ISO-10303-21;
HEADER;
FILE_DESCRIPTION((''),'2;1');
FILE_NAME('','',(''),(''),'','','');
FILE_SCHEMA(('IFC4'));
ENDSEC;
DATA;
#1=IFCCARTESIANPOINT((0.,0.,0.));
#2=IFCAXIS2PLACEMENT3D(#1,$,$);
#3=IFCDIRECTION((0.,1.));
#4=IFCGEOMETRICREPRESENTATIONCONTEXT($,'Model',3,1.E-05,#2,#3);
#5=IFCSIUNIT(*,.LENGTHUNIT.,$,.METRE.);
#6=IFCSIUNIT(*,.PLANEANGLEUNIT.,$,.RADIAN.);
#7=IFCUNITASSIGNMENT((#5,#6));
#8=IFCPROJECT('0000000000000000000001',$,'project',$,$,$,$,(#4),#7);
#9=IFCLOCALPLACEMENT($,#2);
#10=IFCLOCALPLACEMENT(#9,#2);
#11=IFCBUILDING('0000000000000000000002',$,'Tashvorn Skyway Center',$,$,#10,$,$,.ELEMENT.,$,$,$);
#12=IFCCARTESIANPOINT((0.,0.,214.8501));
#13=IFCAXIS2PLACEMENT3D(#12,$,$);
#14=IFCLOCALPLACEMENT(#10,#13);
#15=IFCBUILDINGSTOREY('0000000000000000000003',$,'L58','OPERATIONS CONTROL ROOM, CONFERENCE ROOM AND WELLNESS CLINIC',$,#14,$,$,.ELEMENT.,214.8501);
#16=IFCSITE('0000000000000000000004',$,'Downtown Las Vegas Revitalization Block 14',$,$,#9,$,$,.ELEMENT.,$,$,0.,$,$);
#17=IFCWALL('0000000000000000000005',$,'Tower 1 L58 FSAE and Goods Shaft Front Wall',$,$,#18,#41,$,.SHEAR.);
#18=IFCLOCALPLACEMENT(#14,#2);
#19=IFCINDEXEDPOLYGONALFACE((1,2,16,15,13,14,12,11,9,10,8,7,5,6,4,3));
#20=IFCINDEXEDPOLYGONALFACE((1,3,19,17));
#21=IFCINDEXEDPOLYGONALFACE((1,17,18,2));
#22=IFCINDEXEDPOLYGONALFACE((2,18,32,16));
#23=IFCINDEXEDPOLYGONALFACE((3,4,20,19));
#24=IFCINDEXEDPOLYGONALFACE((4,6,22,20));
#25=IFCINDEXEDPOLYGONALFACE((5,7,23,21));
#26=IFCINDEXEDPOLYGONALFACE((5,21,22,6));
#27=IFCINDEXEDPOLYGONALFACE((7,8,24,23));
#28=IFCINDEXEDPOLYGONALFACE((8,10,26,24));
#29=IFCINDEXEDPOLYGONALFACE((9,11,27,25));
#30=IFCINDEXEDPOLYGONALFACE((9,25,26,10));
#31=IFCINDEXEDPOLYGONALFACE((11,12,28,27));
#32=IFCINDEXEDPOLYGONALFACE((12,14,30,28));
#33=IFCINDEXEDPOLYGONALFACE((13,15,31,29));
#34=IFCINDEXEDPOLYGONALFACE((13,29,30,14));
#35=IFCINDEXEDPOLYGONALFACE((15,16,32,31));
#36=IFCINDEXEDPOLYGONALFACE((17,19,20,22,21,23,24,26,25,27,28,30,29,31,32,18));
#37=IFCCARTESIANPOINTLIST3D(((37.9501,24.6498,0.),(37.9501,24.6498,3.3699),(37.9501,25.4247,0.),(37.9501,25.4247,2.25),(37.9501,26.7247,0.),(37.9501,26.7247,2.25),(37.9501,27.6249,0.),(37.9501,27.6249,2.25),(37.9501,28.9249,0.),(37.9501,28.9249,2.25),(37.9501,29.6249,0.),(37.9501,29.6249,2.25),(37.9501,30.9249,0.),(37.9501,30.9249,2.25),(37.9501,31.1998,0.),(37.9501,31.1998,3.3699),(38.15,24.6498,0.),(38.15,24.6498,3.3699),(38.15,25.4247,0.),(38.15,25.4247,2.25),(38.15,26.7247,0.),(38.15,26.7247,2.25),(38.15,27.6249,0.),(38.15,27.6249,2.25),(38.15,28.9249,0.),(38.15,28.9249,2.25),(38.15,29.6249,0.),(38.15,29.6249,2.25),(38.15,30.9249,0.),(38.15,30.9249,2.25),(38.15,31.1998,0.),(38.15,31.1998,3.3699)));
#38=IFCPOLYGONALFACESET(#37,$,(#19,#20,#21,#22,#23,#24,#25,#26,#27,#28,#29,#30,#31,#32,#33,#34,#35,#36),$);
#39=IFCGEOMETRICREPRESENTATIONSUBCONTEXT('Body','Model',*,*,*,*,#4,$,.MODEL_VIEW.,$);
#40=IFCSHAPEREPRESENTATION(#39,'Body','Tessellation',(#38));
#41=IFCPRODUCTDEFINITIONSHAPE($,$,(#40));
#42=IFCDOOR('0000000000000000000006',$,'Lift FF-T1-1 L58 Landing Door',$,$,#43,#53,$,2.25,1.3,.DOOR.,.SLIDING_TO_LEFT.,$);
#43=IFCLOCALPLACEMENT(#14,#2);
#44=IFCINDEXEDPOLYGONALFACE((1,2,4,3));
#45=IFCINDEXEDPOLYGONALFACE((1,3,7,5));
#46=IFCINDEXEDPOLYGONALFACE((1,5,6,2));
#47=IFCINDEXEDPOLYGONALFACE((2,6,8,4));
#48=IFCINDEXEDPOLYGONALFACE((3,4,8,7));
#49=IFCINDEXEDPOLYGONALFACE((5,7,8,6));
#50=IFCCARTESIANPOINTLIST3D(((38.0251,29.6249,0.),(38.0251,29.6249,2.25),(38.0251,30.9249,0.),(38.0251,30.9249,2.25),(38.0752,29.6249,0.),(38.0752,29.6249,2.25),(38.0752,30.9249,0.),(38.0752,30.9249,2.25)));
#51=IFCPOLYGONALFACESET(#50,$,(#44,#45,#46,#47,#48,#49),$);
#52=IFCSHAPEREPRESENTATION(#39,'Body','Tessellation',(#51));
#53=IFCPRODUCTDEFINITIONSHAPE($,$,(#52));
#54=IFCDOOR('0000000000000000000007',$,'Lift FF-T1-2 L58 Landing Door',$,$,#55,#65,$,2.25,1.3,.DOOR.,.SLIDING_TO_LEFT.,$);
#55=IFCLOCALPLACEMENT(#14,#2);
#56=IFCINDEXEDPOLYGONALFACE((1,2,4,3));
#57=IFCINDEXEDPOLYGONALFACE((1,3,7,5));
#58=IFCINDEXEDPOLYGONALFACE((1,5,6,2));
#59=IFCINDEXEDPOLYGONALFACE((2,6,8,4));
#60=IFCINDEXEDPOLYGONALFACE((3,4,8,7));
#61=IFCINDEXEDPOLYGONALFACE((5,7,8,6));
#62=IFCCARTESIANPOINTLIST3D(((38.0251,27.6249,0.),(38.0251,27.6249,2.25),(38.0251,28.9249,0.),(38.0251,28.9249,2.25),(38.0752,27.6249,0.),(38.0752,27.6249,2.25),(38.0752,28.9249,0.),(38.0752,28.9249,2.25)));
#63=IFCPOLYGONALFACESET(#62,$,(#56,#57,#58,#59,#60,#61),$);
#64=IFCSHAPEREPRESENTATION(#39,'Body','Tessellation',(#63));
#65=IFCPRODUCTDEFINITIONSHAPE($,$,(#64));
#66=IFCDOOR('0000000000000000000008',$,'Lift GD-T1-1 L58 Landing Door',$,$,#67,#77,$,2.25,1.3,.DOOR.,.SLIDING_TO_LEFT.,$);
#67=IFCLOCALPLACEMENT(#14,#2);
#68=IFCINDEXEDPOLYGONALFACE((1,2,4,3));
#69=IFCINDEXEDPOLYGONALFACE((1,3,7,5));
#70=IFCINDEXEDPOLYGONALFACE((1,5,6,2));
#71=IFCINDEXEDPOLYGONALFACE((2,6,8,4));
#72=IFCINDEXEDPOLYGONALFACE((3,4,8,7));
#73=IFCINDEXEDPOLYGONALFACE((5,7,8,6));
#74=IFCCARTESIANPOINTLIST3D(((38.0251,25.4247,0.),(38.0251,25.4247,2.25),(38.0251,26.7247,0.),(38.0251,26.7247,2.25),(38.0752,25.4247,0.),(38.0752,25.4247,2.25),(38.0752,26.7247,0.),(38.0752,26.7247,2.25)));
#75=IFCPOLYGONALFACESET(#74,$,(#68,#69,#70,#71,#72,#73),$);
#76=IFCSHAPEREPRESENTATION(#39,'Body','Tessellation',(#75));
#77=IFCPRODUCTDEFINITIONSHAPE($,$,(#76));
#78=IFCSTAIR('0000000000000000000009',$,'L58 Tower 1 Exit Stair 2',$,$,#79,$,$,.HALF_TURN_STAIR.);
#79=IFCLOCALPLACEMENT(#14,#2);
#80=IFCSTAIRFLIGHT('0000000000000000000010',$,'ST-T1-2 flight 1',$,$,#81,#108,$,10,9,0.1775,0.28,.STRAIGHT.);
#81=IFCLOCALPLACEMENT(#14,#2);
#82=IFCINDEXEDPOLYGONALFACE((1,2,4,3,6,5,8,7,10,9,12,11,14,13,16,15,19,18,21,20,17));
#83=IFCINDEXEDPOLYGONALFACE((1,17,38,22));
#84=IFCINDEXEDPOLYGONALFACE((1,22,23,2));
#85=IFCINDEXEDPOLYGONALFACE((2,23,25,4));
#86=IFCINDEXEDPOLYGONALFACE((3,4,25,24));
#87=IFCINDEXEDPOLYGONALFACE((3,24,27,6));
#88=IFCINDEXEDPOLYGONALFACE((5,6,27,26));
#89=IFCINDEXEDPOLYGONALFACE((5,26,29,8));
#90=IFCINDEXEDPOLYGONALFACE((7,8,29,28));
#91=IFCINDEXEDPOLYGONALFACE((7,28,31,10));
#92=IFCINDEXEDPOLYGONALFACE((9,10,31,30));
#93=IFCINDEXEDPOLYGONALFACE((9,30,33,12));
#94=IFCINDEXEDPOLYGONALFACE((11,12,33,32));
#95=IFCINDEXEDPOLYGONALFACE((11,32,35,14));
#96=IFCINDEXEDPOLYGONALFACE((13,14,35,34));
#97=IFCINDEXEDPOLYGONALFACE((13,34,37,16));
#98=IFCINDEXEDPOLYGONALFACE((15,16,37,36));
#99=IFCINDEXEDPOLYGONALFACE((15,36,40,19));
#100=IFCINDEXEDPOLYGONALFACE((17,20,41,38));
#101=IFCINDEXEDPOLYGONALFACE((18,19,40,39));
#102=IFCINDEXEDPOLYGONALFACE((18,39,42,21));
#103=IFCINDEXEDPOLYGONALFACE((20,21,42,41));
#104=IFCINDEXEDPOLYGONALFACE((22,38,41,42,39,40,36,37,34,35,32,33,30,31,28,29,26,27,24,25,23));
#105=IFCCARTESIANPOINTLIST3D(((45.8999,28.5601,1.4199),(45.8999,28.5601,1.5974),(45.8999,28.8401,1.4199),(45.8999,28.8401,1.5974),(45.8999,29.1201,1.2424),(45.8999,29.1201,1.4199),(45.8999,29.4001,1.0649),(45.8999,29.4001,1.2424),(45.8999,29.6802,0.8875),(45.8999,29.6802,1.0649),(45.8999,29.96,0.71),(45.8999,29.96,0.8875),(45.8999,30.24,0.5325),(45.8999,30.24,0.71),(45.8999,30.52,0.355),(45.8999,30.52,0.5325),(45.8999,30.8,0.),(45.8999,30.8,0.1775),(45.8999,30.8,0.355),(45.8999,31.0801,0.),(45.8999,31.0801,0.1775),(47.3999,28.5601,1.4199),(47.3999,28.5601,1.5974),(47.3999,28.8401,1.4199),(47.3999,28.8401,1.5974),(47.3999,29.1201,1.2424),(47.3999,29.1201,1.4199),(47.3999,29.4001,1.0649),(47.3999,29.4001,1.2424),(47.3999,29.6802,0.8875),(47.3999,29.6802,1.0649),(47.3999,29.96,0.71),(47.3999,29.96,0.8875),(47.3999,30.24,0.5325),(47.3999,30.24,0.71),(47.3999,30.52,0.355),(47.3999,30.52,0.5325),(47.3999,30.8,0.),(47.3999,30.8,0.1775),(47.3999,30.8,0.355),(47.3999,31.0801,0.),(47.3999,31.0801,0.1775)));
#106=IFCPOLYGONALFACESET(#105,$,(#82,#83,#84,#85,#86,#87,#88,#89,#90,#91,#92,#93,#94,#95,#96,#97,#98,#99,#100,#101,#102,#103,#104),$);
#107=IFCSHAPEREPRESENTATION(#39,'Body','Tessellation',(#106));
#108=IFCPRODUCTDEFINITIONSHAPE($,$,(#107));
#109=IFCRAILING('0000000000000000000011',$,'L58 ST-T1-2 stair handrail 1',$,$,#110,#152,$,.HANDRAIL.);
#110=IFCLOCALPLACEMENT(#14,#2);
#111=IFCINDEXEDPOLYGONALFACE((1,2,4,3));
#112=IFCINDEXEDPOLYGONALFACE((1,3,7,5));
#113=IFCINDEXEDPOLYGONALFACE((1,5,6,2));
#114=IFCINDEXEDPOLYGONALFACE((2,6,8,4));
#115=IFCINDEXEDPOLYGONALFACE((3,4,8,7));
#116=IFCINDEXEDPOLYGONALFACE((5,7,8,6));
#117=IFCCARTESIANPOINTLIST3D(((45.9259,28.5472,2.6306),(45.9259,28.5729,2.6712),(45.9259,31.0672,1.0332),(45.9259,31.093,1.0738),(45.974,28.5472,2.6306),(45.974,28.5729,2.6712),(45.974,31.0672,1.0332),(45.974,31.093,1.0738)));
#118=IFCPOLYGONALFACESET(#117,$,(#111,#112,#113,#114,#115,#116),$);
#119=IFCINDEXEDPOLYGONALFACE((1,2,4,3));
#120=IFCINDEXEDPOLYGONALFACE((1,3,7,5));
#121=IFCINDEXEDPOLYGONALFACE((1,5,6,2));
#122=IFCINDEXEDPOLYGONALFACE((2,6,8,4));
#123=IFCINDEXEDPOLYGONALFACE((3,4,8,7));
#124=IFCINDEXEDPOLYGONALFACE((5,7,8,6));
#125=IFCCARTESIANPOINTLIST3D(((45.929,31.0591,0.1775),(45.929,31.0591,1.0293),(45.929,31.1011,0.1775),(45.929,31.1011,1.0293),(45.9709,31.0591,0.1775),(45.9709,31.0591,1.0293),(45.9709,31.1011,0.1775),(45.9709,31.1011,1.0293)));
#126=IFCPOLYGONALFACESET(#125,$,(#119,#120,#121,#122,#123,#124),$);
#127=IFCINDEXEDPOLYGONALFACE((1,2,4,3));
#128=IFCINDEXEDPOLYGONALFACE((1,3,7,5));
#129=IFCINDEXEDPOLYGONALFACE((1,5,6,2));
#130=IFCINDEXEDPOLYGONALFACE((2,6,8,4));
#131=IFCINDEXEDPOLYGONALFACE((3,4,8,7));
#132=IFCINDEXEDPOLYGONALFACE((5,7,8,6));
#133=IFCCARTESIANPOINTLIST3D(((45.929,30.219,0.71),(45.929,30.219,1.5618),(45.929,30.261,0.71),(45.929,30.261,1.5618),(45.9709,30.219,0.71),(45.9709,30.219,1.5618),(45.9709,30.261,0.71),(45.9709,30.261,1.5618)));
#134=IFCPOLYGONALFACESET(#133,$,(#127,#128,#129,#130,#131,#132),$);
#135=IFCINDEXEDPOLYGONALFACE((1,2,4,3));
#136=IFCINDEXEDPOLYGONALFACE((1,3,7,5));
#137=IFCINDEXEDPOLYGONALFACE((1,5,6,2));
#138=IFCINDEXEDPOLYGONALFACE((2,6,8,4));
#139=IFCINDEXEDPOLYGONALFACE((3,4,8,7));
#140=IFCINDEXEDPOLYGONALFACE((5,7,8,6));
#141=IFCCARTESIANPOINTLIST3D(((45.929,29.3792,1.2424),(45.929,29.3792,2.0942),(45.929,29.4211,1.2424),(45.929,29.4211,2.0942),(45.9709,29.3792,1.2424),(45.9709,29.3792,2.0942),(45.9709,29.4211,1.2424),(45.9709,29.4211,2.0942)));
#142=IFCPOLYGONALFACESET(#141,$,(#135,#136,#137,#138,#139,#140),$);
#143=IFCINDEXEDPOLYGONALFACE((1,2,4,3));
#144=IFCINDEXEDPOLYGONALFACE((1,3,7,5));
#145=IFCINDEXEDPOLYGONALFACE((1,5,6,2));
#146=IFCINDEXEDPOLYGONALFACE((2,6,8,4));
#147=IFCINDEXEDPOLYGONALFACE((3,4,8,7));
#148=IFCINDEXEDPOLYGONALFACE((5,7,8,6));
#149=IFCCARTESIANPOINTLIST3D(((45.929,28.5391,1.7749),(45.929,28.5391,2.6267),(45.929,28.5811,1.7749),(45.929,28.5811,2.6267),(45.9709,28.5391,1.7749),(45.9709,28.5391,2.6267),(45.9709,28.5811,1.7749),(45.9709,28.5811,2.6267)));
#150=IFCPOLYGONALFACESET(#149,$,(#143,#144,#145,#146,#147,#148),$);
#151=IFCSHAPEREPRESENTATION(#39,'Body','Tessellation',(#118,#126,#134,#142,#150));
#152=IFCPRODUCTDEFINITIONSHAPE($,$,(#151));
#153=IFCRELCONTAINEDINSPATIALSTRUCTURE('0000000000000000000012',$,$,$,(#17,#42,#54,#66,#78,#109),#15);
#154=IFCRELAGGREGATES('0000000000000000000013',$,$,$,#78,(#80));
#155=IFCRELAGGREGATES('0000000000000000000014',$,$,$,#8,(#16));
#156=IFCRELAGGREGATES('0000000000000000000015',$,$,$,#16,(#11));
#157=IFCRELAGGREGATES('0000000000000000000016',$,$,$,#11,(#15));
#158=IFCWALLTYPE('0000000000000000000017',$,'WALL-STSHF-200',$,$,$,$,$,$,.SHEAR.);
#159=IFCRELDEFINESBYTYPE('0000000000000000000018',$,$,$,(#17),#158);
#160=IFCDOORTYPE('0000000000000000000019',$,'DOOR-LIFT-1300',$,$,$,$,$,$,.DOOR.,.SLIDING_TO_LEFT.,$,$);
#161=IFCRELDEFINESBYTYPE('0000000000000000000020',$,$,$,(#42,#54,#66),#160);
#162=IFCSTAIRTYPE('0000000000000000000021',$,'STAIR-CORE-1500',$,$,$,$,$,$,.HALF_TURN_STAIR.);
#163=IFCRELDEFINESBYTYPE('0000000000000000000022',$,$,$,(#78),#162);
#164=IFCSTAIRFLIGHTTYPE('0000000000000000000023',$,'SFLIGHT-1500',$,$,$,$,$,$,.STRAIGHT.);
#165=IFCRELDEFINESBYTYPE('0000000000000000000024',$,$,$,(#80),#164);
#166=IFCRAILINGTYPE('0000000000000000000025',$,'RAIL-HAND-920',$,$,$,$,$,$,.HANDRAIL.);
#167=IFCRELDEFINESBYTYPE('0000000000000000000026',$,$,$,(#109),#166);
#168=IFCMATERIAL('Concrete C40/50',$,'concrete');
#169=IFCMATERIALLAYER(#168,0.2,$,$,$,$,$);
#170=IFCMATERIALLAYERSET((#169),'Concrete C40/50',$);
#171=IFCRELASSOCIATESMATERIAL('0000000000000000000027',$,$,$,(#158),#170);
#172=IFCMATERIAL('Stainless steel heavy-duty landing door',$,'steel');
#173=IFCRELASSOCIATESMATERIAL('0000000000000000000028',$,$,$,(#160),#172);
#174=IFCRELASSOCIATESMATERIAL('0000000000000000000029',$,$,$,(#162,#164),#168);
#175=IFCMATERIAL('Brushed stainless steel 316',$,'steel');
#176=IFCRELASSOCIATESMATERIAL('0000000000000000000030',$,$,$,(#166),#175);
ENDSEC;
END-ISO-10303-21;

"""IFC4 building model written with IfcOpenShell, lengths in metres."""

from ifc_helpers import new_model, si_unit, direction, frame, frame_2d, origin, origin_2d, place, context, subcontext, project, spatial, polyline, rectangle, outline, extrude, material, layer, layer_set, type_object, element, fill, aggregate, save


model = new_model("IFC4")

# Units and contexts
model_context = context("Model", 3, precision=1e-05, world=origin(), true_north=direction((0.0, 1.0)))
body_context = subcontext(model_context, "Body", "Model", "MODEL_VIEW")
ifc_project = project(units=[si_unit("LENGTHUNIT", "METRE"), si_unit("PLANEANGLEUNIT", "RADIAN")], contexts=[model_context])

# Site, building, storey
site_placement = place(None, origin())
site = spatial("IfcSite", under=ifc_project, at=site_placement, Name="Downtown Las Vegas Revitalization Block 14", CompositionType="ELEMENT", RefElevation=0.0)
building_placement = place(site_placement, origin())
building = spatial("IfcBuilding", under=site, at=building_placement, Name="Tashvorn Skyway Center", CompositionType="ELEMENT")
storey_placement = place(building_placement, frame((0.0, 0.0, 214.8501)))
storey = spatial("IfcBuildingStorey", under=building, at=storey_placement, Name="L58", Description="OPERATIONS CONTROL ROOM, CONFERENCE ROOM AND WELLNESS CLINIC", CompositionType="ELEMENT", Elevation=214.8501)

# Shared definitions
ifc_material_1 = material(Name="Concrete C40/50", Category="concrete")

# Shared definitions
ifc_layer_1 = layer(ifc_material_1, 0.2)
ifc_layer_set_1 = layer_set([ifc_layer_1], Name="Concrete C40/50")
wall_type_1 = type_object("IfcWallType", Name="WALL-STSHF-200", PredefinedType="SHEAR", material=ifc_layer_set_1)

# Wall, openings, doors
wall_1_placement = place(storey_placement, frame((38.05, 24.6499, 0.0), z_axis=(0.0, 0.0, 1.0), x_axis=(0.0, 1.0, 0.0)))
wall_1 = element("IfcWall", 1, at=wall_1_placement, inside=storey, type_object=wall_type_1, Name="Tower 1 L58 FSAE and Goods Shaft Front Wall", PredefinedType="SHEAR", context=body_context, shape_type="SweptSolid", body=[
    extrude(rectangle(XDim=6.55, YDim=0.2, at=frame_2d((3.2749, 0.0))), origin(), (0.0, 0.0, 1.0), 3.3699),
])
opening_1_placement = place(wall_1_placement, frame((4.9751, 0.0, 0.0)))
opening_1 = element("IfcOpeningElement", 2, at=opening_1_placement, cuts=wall_1, PredefinedType="OPENING", context=body_context, shape_type="SweptSolid", body=[
    extrude(rectangle(XDim=1.3, YDim=2.25, at=frame_2d((0.6499, 1.125))), frame((0.0, 0.1099, 0.0), z_axis=(0.0, -1.0, 0.0), x_axis=(1.0, 0.0, 0.0)), (0.0, 0.0, 1.0), 0.22),
])
opening_2_placement = place(wall_1_placement, frame((2.9751, 0.0, 0.0)))
opening_2 = element("IfcOpeningElement", 3, at=opening_2_placement, cuts=wall_1, PredefinedType="OPENING", context=body_context, shape_type="SweptSolid", body=[
    extrude(rectangle(XDim=1.3, YDim=2.25, at=frame_2d((0.6499, 1.125))), frame((0.0, 0.1099, 0.0), z_axis=(0.0, -1.0, 0.0), x_axis=(1.0, 0.0, 0.0)), (0.0, 0.0, 1.0), 0.22),
])
opening_3_placement = place(wall_1_placement, frame((0.7749, 0.0, 0.0)))
opening_3 = element("IfcOpeningElement", 4, at=opening_3_placement, cuts=wall_1, PredefinedType="OPENING", context=body_context, shape_type="SweptSolid", body=[
    extrude(rectangle(XDim=1.3, YDim=2.25, at=frame_2d((0.6499, 1.125))), frame((0.0, 0.1099, 0.0), z_axis=(0.0, -1.0, 0.0), x_axis=(1.0, 0.0, 0.0)), (0.0, 0.0, 1.0), 0.22),
])
ifc_material_2 = material(Name="Stainless steel heavy-duty landing door", Category="steel")
door_type_1 = type_object("IfcDoorType", Name="DOOR-LIFT-1300", OperationType="SLIDING_TO_LEFT", PredefinedType="DOOR", material=ifc_material_2)
door_1_placement = place(opening_1_placement, origin())
door_1 = element("IfcDoor", 5, at=door_1_placement, inside=storey, type_object=door_type_1, Name="Lift FF-T1-1 L58 Landing Door", OperationType="SLIDING_TO_LEFT", OverallHeight=2.25, OverallWidth=1.3, PredefinedType="DOOR", context=body_context, shape_type="SweptSolid", body=[
    extrude(rectangle(XDim=1.3, YDim=2.25, at=frame_2d((0.6499, 1.125))), frame((0.0, 0.0249, 0.0), z_axis=(0.0, -1.0, 0.0), x_axis=(1.0, 0.0, 0.0)), (0.0, 0.0, 1.0), 0.05),
])
fill(opening_1, door_1)
door_2_placement = place(opening_2_placement, origin())
door_2 = element("IfcDoor", 6, at=door_2_placement, inside=storey, type_object=door_type_1, Name="Lift FF-T1-2 L58 Landing Door", OperationType="SLIDING_TO_LEFT", OverallHeight=2.25, OverallWidth=1.3, PredefinedType="DOOR", context=body_context, shape_type="SweptSolid", body=[
    extrude(rectangle(XDim=1.3, YDim=2.25, at=frame_2d((0.6499, 1.125))), frame((0.0, 0.0249, 0.0), z_axis=(0.0, -1.0, 0.0), x_axis=(1.0, 0.0, 0.0)), (0.0, 0.0, 1.0), 0.05),
])
fill(opening_2, door_2)
door_3_placement = place(opening_3_placement, origin())
door_3 = element("IfcDoor", 7, at=door_3_placement, inside=storey, type_object=door_type_1, Name="Lift GD-T1-1 L58 Landing Door", OperationType="SLIDING_TO_LEFT", OverallHeight=2.25, OverallWidth=1.3, PredefinedType="DOOR", context=body_context, shape_type="SweptSolid", body=[
    extrude(rectangle(XDim=1.3, YDim=2.25, at=frame_2d((0.6499, 1.125))), frame((0.0, 0.0249, 0.0), z_axis=(0.0, -1.0, 0.0), x_axis=(1.0, 0.0, 0.0)), (0.0, 0.0, 1.0), 0.05),
])
fill(opening_3, door_3)

# Stair, stair flight
stair_type = type_object("IfcStairType", Name="STAIR-CORE-1500", PredefinedType="HALF_TURN_STAIR", material=ifc_material_1)
stair_placement = place(storey_placement, origin())
stair = element("IfcStair", 8, at=stair_placement, inside=storey, type_object=stair_type, Name="L58 Tower 1 Exit Stair 2", PredefinedType="HALF_TURN_STAIR")
stair_flight_type = type_object("IfcStairFlightType", Name="SFLIGHT-1500", PredefinedType="STRAIGHT", material=ifc_material_1)
stair_flight_placement = place(storey_placement, frame((46.6499, 31.0801, 0.0), z_axis=(0.0, 0.0, 1.0), x_axis=(0.0, -1.0, 0.0)))
stair_flight = element("IfcStairFlight", 9, at=stair_flight_placement, type_object=stair_flight_type, Name="ST-T1-2 flight 1", NumberOfRisers=10, NumberOfTreads=9, PredefinedType="STRAIGHT", RiserHeight=0.1775, TreadLength=0.28, context=body_context, shape_type="SweptSolid", body=[
    extrude(outline(polyline([(0.0, 0.0), (0.0, 0.1775), (0.28, 0.1775), (0.28, 0.355), (0.5601, 0.355), (0.5601, 0.5325), (0.8401, 0.5325), (0.8401, 0.71), (1.1201, 0.71), (1.1201, 0.8875), (1.3999, 0.8875), (1.3999, 1.0649), (1.6799, 1.0649), (1.6799, 1.2424), (1.96, 1.2424), (1.96, 1.4199), (2.24, 1.4199), (2.24, 1.5974), (2.52, 1.5974), (2.52, 1.7749), (2.52, 1.4199), (0.28, 0.0), (0.0, 0.0)])), frame((0.0, 0.75, 0.0), z_axis=(0.0, -1.0, 0.0), x_axis=(1.0, 0.0, 0.0)), (0.0, 0.0, 1.0), 1.5),
])
aggregate(stair, [stair_flight])

# Railing
ifc_material_3 = material(Name="Brushed stainless steel 316", Category="steel")
railing_type_1 = type_object("IfcRailingType", Name="RAIL-HAND-920", PredefinedType="HANDRAIL", material=ifc_material_3)
railing_1_placement = place(storey_placement, frame((45.95, 31.0801, 0.1775)))
element("IfcRailing", 10, at=railing_1_placement, inside=storey, type_object=railing_type_1, Name="L58 ST-T1-2 stair handrail 1", PredefinedType="HANDRAIL", context=body_context, shape_type="SweptSolid", body=[
    extrude(rectangle(XDim=0.0481, YDim=0.0481, at=origin_2d()), frame((0.0, 0.0, 0.876), z_axis=(0.0, -0.844607, 0.535387), x_axis=(1.0, 0.0, 0.0)), (0.0, 0.0, 1.0), 2.9836),
    extrude(rectangle(XDim=0.042, YDim=0.042, at=origin_2d()), origin(), (0.0, 0.0, 1.0), 0.8518),
    extrude(rectangle(XDim=0.042, YDim=0.042, at=origin_2d()), frame((0.0, -0.8401, 0.5325)), (0.0, 0.0, 1.0), 0.8518),
    extrude(rectangle(XDim=0.042, YDim=0.042, at=origin_2d()), frame((0.0, -1.6799, 1.0649)), (0.0, 0.0, 1.0), 0.8518),
    extrude(rectangle(XDim=0.042, YDim=0.042, at=origin_2d()), frame((0.0, -2.52, 1.5974)), (0.0, 0.0, 1.0), 0.8518),
])

save(model, "model.ifc")
